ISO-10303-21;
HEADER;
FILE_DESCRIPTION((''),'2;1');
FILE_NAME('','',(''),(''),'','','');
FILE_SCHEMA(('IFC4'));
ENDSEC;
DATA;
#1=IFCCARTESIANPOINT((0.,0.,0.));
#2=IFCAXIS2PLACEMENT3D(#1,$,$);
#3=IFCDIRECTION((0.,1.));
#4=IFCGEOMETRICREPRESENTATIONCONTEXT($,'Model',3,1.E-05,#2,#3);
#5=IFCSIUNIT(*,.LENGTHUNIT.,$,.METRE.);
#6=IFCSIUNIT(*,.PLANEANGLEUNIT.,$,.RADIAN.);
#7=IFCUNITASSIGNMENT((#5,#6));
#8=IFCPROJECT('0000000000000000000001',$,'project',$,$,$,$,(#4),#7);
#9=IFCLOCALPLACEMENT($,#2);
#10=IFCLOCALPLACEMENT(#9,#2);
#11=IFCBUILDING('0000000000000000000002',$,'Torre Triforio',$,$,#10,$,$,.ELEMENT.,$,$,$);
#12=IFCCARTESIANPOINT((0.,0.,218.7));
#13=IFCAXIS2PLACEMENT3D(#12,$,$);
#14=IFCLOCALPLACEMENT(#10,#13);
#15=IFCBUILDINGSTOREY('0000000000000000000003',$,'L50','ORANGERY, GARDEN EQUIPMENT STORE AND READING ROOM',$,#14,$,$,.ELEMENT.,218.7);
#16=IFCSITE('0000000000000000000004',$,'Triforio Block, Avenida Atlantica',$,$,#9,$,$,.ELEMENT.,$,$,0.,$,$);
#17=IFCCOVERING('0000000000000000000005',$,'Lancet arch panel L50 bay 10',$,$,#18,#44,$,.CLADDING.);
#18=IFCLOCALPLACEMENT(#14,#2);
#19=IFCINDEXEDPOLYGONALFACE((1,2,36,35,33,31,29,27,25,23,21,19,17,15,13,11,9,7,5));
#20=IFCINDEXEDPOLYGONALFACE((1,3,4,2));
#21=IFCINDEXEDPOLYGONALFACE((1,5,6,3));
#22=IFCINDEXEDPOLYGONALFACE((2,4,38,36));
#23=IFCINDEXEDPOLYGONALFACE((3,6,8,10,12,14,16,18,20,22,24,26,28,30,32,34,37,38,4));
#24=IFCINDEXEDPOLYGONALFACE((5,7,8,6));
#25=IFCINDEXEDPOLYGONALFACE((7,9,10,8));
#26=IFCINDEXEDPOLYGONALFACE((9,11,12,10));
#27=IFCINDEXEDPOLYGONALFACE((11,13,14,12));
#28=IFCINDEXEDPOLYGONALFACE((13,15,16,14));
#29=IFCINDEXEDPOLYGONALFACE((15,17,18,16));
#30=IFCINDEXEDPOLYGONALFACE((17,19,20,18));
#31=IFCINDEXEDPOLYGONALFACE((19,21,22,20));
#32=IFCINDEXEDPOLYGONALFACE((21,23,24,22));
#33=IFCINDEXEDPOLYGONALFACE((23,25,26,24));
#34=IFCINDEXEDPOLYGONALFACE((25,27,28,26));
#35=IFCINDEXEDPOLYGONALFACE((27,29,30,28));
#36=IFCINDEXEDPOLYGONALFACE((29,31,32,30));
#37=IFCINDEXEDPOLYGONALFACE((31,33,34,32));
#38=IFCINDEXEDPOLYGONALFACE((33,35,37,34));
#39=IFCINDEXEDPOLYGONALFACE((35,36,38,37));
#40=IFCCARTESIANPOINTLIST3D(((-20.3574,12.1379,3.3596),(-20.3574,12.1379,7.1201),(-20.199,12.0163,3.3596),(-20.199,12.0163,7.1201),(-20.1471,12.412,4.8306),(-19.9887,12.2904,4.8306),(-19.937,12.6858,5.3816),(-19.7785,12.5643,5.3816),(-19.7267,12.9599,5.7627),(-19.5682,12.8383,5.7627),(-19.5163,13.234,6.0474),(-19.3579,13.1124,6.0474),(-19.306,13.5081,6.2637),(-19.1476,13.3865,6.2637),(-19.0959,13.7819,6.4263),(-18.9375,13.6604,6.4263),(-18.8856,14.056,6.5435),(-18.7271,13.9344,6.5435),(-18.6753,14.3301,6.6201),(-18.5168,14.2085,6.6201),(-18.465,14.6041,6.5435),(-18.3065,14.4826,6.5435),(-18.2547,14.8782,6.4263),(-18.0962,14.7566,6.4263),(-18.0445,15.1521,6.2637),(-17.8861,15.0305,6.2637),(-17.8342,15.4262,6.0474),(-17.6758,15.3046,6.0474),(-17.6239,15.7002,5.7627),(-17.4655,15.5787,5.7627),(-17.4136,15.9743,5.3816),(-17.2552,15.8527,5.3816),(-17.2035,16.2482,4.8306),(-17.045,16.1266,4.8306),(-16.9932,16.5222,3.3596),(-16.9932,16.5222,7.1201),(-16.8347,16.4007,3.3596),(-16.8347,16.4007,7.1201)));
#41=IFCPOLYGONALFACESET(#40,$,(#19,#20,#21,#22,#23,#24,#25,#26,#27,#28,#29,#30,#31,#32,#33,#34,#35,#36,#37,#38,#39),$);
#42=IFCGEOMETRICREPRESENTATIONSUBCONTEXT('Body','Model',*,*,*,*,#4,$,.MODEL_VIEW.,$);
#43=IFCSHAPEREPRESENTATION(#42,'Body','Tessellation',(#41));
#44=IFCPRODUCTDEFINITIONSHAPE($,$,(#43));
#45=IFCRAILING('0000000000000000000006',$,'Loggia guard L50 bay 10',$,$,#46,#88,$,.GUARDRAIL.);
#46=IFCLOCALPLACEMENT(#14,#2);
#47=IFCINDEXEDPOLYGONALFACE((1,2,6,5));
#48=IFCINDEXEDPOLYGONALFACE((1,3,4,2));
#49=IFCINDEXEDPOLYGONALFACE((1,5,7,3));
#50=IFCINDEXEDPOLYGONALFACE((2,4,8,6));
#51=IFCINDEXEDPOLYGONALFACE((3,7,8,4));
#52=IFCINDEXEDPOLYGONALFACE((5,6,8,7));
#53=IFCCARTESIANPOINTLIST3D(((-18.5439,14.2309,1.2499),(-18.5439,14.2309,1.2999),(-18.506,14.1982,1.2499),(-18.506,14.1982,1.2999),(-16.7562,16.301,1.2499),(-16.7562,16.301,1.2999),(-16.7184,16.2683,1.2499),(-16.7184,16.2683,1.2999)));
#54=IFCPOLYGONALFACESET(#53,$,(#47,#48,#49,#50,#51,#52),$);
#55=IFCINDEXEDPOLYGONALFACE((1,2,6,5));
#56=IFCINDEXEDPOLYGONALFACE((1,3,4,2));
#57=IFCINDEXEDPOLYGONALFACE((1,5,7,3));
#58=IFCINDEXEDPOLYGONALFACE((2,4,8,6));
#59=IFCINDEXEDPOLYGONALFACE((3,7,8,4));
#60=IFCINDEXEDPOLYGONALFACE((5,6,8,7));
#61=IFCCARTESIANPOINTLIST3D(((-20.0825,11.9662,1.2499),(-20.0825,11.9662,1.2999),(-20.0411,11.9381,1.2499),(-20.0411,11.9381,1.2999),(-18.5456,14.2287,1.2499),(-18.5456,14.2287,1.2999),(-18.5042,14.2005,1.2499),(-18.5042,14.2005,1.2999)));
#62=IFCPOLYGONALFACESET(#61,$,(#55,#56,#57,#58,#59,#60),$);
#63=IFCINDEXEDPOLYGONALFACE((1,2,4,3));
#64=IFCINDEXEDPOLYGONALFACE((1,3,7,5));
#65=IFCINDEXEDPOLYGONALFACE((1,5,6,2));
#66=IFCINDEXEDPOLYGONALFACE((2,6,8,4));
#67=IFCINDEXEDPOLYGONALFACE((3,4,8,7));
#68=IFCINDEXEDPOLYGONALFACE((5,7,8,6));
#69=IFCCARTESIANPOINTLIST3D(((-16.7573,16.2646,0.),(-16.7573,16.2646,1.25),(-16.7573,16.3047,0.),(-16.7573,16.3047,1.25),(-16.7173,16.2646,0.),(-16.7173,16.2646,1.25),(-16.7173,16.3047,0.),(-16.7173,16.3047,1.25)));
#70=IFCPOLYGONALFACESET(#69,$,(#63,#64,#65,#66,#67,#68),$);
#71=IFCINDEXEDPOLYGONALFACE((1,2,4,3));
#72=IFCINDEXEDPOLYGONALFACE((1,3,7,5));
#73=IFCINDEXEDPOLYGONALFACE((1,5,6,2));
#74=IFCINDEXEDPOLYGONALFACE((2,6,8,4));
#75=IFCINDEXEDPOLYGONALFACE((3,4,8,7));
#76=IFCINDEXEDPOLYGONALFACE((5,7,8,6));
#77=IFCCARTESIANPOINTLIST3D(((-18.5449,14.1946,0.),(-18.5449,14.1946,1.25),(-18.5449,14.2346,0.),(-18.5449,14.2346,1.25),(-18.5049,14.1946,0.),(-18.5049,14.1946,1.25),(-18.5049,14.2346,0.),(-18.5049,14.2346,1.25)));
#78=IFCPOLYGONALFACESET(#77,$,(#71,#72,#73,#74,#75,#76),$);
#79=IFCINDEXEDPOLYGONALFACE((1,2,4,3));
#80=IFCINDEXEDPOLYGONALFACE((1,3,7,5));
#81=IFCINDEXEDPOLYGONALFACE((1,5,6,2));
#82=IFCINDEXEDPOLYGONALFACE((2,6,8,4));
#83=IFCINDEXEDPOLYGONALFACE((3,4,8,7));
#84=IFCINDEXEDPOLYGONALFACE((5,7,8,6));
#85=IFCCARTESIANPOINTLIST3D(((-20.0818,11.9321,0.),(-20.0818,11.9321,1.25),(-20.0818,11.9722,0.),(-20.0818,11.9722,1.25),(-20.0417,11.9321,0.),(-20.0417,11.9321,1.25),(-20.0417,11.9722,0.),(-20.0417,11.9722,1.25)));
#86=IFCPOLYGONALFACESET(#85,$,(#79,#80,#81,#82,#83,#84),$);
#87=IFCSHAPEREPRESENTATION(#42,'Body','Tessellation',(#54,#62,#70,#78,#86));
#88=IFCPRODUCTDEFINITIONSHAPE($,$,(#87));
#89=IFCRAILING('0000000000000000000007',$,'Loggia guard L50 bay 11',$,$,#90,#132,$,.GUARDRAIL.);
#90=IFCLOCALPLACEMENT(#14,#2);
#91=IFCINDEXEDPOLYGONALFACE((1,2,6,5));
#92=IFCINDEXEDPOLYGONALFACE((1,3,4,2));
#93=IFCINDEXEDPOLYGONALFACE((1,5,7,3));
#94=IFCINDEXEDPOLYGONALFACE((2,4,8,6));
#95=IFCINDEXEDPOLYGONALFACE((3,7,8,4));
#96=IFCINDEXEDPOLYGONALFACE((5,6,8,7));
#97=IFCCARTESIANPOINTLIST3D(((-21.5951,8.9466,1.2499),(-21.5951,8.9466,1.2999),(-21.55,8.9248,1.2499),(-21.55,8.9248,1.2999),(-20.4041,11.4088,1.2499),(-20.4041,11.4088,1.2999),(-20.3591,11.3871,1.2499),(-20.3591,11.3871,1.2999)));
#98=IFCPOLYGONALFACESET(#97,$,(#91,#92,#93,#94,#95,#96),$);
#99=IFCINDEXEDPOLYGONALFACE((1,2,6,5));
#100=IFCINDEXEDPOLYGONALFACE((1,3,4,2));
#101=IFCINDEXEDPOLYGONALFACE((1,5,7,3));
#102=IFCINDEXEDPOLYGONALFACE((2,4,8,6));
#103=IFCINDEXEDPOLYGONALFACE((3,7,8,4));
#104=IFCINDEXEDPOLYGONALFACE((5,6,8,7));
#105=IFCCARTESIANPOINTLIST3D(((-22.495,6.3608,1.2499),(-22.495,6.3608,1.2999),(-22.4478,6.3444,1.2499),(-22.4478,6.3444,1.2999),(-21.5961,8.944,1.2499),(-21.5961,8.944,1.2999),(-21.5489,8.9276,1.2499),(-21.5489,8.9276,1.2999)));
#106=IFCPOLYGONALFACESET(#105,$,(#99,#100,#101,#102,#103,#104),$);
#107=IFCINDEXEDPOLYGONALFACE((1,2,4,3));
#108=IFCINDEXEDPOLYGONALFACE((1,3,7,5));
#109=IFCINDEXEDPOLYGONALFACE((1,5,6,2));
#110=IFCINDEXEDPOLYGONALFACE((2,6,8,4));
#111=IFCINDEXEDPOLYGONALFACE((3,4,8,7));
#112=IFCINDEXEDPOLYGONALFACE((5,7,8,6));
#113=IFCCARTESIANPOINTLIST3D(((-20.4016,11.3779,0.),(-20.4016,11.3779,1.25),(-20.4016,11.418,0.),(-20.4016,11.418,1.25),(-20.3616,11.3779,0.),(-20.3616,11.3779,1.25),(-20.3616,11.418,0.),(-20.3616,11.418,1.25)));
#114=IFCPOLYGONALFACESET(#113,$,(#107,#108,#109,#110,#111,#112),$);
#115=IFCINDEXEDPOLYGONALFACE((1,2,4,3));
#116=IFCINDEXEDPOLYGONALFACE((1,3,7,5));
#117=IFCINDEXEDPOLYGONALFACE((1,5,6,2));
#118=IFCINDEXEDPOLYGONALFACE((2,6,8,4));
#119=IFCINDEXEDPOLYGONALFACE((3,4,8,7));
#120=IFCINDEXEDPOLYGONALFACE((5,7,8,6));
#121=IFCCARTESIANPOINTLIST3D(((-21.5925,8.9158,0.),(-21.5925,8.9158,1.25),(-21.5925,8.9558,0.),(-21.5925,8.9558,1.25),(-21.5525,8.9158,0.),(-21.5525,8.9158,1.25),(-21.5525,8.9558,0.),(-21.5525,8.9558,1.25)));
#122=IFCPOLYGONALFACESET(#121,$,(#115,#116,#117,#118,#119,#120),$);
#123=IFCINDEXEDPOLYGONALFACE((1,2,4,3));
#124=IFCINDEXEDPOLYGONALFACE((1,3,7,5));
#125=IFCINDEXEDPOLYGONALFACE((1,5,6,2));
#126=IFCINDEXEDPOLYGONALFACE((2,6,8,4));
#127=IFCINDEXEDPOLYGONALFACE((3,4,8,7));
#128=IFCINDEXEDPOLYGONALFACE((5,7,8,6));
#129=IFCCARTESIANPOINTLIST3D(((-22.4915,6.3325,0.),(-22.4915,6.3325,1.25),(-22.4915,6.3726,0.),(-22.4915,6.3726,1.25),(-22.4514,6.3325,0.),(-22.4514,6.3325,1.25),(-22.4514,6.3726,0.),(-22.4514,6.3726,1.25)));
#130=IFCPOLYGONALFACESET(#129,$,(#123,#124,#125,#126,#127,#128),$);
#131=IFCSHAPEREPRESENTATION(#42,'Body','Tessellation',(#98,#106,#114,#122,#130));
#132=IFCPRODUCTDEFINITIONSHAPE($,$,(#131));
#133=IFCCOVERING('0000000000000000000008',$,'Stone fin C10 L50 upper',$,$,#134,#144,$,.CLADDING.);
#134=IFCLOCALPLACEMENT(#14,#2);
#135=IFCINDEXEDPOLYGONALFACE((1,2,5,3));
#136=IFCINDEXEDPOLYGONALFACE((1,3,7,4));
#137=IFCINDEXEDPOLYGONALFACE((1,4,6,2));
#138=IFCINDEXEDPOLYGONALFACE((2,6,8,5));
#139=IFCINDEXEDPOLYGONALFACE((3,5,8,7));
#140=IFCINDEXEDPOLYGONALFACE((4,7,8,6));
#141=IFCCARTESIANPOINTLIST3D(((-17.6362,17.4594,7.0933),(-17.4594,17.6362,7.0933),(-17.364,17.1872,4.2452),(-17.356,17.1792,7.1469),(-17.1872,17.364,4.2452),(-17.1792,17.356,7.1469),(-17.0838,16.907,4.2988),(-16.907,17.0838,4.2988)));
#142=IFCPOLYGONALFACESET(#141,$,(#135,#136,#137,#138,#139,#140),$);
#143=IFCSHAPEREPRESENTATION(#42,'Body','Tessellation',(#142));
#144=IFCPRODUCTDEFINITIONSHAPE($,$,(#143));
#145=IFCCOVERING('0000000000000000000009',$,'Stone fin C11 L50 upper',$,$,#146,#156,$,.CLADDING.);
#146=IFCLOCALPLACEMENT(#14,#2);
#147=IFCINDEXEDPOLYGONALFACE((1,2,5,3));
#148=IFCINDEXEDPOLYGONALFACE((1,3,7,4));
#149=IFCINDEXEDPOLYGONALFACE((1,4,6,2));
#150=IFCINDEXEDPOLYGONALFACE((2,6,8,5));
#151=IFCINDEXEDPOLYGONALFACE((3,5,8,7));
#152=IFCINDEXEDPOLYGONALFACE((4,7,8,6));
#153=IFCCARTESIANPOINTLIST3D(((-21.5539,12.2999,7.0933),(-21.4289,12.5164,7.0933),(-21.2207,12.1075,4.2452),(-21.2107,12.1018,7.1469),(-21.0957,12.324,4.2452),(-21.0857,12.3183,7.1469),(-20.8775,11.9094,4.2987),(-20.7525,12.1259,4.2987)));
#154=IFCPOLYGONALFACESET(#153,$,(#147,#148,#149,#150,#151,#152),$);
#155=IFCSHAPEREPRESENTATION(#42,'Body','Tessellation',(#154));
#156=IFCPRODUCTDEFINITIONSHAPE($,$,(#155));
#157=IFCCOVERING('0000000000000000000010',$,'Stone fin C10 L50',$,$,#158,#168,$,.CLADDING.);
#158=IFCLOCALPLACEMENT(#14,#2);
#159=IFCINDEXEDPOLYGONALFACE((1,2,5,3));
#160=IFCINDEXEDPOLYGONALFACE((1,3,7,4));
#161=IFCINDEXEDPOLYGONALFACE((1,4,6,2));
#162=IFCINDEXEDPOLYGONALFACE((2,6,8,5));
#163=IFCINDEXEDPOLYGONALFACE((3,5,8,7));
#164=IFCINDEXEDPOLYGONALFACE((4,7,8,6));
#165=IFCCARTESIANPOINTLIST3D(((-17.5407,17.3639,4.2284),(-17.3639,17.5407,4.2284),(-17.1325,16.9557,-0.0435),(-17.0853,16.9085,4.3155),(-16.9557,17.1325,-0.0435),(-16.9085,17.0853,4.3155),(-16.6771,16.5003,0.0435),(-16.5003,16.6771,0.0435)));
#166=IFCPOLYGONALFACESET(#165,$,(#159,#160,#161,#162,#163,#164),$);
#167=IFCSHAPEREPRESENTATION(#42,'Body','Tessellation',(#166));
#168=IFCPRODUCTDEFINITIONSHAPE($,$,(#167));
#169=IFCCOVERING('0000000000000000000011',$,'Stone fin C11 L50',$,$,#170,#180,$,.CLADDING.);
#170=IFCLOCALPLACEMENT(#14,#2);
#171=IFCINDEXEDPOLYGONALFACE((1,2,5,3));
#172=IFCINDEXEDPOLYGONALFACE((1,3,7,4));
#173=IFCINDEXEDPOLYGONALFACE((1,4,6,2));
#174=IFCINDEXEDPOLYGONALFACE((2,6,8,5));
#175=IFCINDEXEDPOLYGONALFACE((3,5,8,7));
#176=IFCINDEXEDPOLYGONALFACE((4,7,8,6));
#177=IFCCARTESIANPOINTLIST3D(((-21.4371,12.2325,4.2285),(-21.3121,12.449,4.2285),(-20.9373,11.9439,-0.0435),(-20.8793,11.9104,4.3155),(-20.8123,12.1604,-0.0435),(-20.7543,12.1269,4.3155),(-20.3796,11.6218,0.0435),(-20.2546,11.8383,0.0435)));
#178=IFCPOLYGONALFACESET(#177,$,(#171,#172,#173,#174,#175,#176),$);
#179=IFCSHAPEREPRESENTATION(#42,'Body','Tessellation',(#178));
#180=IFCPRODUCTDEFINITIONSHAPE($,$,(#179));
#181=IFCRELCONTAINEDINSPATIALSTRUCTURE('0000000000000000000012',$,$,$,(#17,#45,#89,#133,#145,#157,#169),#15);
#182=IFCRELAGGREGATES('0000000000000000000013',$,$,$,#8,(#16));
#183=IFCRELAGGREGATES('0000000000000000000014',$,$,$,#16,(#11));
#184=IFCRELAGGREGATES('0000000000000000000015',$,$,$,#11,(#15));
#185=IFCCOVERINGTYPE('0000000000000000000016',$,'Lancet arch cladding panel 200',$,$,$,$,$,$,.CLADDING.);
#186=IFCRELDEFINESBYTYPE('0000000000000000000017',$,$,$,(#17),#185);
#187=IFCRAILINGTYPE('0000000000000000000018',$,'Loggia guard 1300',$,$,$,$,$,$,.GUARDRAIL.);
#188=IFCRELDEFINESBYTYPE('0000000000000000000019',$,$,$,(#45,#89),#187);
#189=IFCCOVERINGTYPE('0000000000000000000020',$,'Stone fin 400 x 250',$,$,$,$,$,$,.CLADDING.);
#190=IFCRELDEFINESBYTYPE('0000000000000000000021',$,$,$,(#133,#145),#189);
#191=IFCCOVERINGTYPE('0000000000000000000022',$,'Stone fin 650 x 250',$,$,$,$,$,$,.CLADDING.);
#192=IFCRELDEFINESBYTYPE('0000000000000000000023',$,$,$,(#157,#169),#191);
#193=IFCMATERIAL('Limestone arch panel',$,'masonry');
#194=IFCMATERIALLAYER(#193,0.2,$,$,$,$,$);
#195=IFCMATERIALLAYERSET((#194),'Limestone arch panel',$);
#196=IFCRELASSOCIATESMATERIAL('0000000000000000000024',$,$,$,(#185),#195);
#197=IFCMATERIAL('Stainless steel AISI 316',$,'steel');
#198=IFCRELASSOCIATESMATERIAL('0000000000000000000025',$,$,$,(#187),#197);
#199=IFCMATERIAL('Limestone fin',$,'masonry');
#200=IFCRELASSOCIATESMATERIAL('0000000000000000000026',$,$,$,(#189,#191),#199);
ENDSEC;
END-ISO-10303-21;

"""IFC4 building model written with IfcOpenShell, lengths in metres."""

from ifc_helpers import new_model, si_unit, direction, frame, origin, origin_2d, place, context, subcontext, project, spatial, polyline, rectangle, outline, extrude, material, layer, layer_set, material_profile, profile_set, type_object, element, save


model = new_model("IFC4")

# Units and contexts
model_context = context("Model", 3, precision=1e-05, world=origin(), true_north=direction((0.0, 1.0)))
body_context = subcontext(model_context, "Body", "Model", "MODEL_VIEW")
ifc_project = project(units=[si_unit("LENGTHUNIT", "METRE"), si_unit("PLANEANGLEUNIT", "RADIAN")], contexts=[model_context])

# Site, building, storey
site_placement = place(None, origin())
site = spatial("IfcSite", under=ifc_project, at=site_placement, Name="Triforio Block, Avenida Atlantica", CompositionType="ELEMENT", RefElevation=0.0)
building_placement = place(site_placement, origin())
building = spatial("IfcBuilding", under=site, at=building_placement, Name="Torre Triforio", CompositionType="ELEMENT")
storey_placement = place(building_placement, frame((0.0, 0.0, 218.7)))
storey = spatial("IfcBuildingStorey", under=building, at=storey_placement, Name="L50", Description="ORANGERY, GARDEN EQUIPMENT STORE AND READING ROOM", CompositionType="ELEMENT", Elevation=218.7)

# Covering
ifc_material_1 = material(Name="Limestone arch panel", Category="masonry")
ifc_layer_1 = layer(ifc_material_1, 0.2)
ifc_layer_set_1 = layer_set([ifc_layer_1], Name="Limestone arch panel")
covering_type_1 = type_object("IfcCoveringType", Name="Lancet arch cladding panel 200", PredefinedType="CLADDING", material=ifc_layer_set_1)
for number, where, z_axis, x_axis, name in (
    (1, (-18.5168, 14.2085, 0.0), (-0.793351, 0.608765, 0.0), (-0.608765, -0.793351, 0.0), "Lancet arch panel L50 bay 10"),
):
    element("IfcCovering", number, at=place(storey_placement, frame(where, z_axis=z_axis, x_axis=x_axis)), inside=storey, type_object=covering_type_1, Name=name, PredefinedType="CLADDING", context=body_context, shape_type="SweptSolid", body=[
        extrude(outline(polyline([(-2.7632, 7.1201), (-2.7632, 3.3596), (-2.4177, 4.8306), (-2.0725, 5.3816), (-1.7271, 5.7627), (-1.3816, 6.0474), (-1.0361, 6.2637), (-0.6909, 6.4263), (-0.3455, 6.5435), (0.0, 6.6201), (0.3455, 6.5435), (0.6909, 6.4263), (1.0361, 6.2637), (1.3816, 6.0474), (1.7271, 5.7627), (2.0725, 5.3816), (2.4177, 4.8306), (2.7632, 3.3596), (2.7632, 7.1201), (-2.7632, 7.1201)])), origin(), (0.0, 0.0, 1.0), 0.1997),
    ])

# Railings
ifc_material_2 = material(Name="Stainless steel AISI 316", Category="steel")
railing_type = type_object("IfcRailingType", Name="Loggia guard 1300", PredefinedType="GUARDRAIL", material=ifc_material_2)
railing_1_placement = place(storey_placement, frame((-16.7373, 16.2847, 0.0)))
element("IfcRailing", 2, at=railing_1_placement, inside=storey, type_object=railing_type, Name="Loggia guard L50 bay 10", PredefinedType="GUARDRAIL", context=body_context, shape_type="SweptSolid", body=[
    extrude(rectangle(XDim=0.05, YDim=0.05, at=origin_2d()), frame((0.0, 0.0, 1.2749), z_axis=(-0.65358, -0.756857, 0.0), x_axis=(0.756857, -0.65358, 0.0)), (0.0, 0.0, 1.0), 2.7351),
    extrude(rectangle(XDim=0.05, YDim=0.05, at=origin_2d()), frame((-1.7876, -2.0701, 1.2749), z_axis=(-0.56191, -0.827199, 0.0), x_axis=(0.827199, -0.56191, 0.0)), (0.0, 0.0, 1.0), 2.7351),
    extrude(rectangle(XDim=0.04, YDim=0.04, at=origin_2d()), origin(), (0.0, 0.0, 1.0), 1.25),
    extrude(rectangle(XDim=0.04, YDim=0.04, at=origin_2d()), frame((-1.7876, -2.0701, 0.0)), (0.0, 0.0, 1.0), 1.25),
    extrude(rectangle(XDim=0.04, YDim=0.04, at=origin_2d()), frame((-3.3245, -4.3325, 0.0)), (0.0, 0.0, 1.0), 1.25),
])
railing_2_placement = place(storey_placement, frame((-20.3816, 11.3979, 0.0)))
element("IfcRailing", 3, at=railing_2_placement, inside=storey, type_object=railing_type, Name="Loggia guard L50 bay 11", PredefinedType="GUARDRAIL", context=body_context, shape_type="SweptSolid", body=[
    extrude(rectangle(XDim=0.05, YDim=0.05, at=origin_2d()), frame((0.0, 0.0, 1.2749), z_axis=(-0.435428, -0.900224, 0.0), x_axis=(0.900224, -0.435428, 0.0)), (0.0, 0.0, 1.0), 2.7351),
    extrude(rectangle(XDim=0.05, YDim=0.05, at=origin_2d()), frame((-1.1909, -2.4622, 1.2749), z_axis=(-0.328652, -0.944451, 0.0), x_axis=(0.944451, -0.328652, 0.0)), (0.0, 0.0, 1.0), 2.7351),
    extrude(rectangle(XDim=0.04, YDim=0.04, at=origin_2d()), origin(), (0.0, 0.0, 1.0), 1.25),
    extrude(rectangle(XDim=0.04, YDim=0.04, at=origin_2d()), frame((-1.1909, -2.4622, 0.0)), (0.0, 0.0, 1.0), 1.25),
    extrude(rectangle(XDim=0.04, YDim=0.04, at=origin_2d()), frame((-2.0898, -5.0454, 0.0)), (0.0, 0.0, 1.0), 1.25),
])

# Coverings
ifc_material_3 = material(Name="Limestone fin", Category="masonry")
ifc_material_profile_1 = material_profile(ifc_material_3, rectangle(XDim=0.3999, YDim=0.25, at=origin_2d()), Name="FIN 400x250")
ifc_profile_set_1 = profile_set([ifc_material_profile_1], Name="Limestone fin")
covering_type_2 = type_object("IfcCoveringType", Name="Stone fin 400 x 250", PredefinedType="CLADDING", material=ifc_profile_set_1)
for number, where, z_axis, x_axis, name in (
    (4, (-17.1355, 17.1355, 4.272), (-0.094716, 0.094716, 0.990988), (0.700735, -0.700735, 0.133948), "Stone fin C10 L50 upper"),
    (5, (-20.9866, 12.1167, 4.272), (-0.115953, 0.066939, 0.990997), (0.858251, -0.495459, 0.133888), "Stone fin C11 L50 upper"),
):
    element("IfcCovering", number, at=place(storey_placement, frame(where, z_axis=z_axis, x_axis=x_axis)), inside=storey, type_object=covering_type_2, Name=name, PredefinedType="CLADDING", context=body_context, shape_type="SweptSolid", body=[
        extrude(rectangle(XDim=0.3999, YDim=0.25, at=origin_2d()), origin(), (0.0, 0.0, 1.0), 2.874),
    ])
ifc_material_profile_2 = material_profile(ifc_material_3, rectangle(XDim=0.6499, YDim=0.25, at=origin_2d()), Name="FIN 650x250")
ifc_profile_set_2 = profile_set([ifc_material_profile_2], Name="Limestone fin")
covering_type_3 = type_object("IfcCoveringType", Name="Stone fin 650 x 250", PredefinedType="CLADDING", material=ifc_profile_set_2)
for number, where, z_axis, x_axis, name in (
    (6, (-16.8164, 16.8164, 0.0), (-0.094693, 0.094693, 0.990993), (0.700738, -0.700738, 0.133916), "Stone fin C10 L50"),
    (7, (-20.5959, 11.8911, 0.0), (-0.115932, 0.066943, 0.990999), (0.8582, -0.495551, 0.133871), "Stone fin C11 L50"),
):
    element("IfcCovering", number, at=place(storey_placement, frame(where, z_axis=z_axis, x_axis=x_axis)), inside=storey, type_object=covering_type_3, Name=name, PredefinedType="CLADDING", context=body_context, shape_type="SweptSolid", body=[
        extrude(rectangle(XDim=0.6499, YDim=0.25, at=origin_2d()), origin(), (0.0, 0.0, 1.0), 4.3108),
    ])

save(model, "model.ifc")
